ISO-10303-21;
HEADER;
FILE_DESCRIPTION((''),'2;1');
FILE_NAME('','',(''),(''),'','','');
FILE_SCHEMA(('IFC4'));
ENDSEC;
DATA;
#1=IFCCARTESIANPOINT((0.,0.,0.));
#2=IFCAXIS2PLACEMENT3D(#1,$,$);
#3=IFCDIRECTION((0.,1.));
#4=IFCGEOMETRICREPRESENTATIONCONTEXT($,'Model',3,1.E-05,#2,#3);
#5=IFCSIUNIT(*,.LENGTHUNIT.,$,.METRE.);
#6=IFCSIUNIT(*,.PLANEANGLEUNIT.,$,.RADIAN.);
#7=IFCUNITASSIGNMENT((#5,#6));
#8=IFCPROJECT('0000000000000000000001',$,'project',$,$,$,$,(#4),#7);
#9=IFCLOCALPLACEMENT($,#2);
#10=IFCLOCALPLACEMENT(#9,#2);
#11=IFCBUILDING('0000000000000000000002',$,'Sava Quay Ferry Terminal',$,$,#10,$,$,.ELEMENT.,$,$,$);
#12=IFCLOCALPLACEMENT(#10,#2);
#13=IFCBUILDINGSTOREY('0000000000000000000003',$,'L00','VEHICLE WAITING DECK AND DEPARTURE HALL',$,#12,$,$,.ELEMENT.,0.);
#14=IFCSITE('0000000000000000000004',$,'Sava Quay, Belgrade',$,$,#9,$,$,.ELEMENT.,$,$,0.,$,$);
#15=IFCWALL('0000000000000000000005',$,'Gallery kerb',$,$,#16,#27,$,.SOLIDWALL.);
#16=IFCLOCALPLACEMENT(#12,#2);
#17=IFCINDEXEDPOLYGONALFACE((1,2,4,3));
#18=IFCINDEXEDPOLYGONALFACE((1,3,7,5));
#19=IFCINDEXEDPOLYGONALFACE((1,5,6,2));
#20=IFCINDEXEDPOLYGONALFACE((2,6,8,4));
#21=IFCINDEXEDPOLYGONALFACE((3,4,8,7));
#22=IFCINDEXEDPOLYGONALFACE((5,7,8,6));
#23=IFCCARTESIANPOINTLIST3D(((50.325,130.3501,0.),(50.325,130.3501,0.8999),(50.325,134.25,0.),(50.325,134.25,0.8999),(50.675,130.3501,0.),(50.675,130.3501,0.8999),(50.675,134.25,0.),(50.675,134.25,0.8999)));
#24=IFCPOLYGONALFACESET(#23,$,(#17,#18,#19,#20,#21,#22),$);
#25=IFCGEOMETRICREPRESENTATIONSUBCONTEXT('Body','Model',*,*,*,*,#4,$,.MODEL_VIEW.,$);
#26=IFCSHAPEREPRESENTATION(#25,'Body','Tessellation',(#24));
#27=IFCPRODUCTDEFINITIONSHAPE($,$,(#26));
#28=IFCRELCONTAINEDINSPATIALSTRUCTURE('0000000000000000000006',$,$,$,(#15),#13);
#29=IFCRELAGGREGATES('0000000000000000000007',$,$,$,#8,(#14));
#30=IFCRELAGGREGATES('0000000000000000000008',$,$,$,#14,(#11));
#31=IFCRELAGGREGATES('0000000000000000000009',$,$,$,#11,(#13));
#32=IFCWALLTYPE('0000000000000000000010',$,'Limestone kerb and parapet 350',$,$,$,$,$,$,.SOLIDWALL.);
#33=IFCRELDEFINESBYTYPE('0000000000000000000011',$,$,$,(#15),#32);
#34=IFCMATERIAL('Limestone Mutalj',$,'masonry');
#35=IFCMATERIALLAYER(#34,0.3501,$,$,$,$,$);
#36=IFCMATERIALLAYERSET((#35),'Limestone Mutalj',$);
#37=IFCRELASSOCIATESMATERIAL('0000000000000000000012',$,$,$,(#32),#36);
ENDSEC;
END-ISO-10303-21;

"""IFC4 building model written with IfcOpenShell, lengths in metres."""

from ifc_helpers import new_model, si_unit, direction, frame, frame_2d, origin, place, context, subcontext, project, spatial, rectangle, extrude, material, layer, layer_set, type_object, element, save


model = new_model("IFC4")

# Units and contexts
model_context = context("Model", 3, precision=1e-05, world=origin(), true_north=direction((0.0, 1.0)))
body_context = subcontext(model_context, "Body", "Model", "MODEL_VIEW")
ifc_project = project(units=[si_unit("LENGTHUNIT", "METRE"), si_unit("PLANEANGLEUNIT", "RADIAN")], contexts=[model_context])

# Site, building, storey
site_placement = place(None, origin())
site = spatial("IfcSite", under=ifc_project, at=site_placement, Name="Sava Quay, Belgrade", CompositionType="ELEMENT", RefElevation=0.0)
building_placement = place(site_placement, origin())
building = spatial("IfcBuilding", under=site, at=building_placement, Name="Sava Quay Ferry Terminal", CompositionType="ELEMENT")
storey_placement = place(building_placement, origin())
storey = spatial("IfcBuildingStorey", under=building, at=storey_placement, Name="L00", Description="VEHICLE WAITING DECK AND DEPARTURE HALL", CompositionType="ELEMENT", Elevation=0.0)

# Wall
ifc_material_1 = material(Name="Limestone Mutalj", Category="masonry")
ifc_layer_1 = layer(ifc_material_1, 0.3501)
ifc_layer_set_1 = layer_set([ifc_layer_1], Name="Limestone Mutalj")
wall_type = type_object("IfcWallType", Name="Limestone kerb and parapet 350", PredefinedType="SOLIDWALL", material=ifc_layer_set_1)
wall_placement = place(storey_placement, frame((50.5, 130.3501, 0.0), z_axis=(0.0, 0.0, 1.0), x_axis=(0.0, 1.0, 0.0)))
element("IfcWall", 1, at=wall_placement, inside=storey, type_object=wall_type, Name="Gallery kerb", PredefinedType="SOLIDWALL", context=body_context, shape_type="SweptSolid", body=[
    extrude(rectangle(XDim=3.8999, YDim=0.3501, at=frame_2d((1.95, 0.0))), origin(), (0.0, 0.0, 1.0), 0.8999),
])

save(model, "model.ifc")
